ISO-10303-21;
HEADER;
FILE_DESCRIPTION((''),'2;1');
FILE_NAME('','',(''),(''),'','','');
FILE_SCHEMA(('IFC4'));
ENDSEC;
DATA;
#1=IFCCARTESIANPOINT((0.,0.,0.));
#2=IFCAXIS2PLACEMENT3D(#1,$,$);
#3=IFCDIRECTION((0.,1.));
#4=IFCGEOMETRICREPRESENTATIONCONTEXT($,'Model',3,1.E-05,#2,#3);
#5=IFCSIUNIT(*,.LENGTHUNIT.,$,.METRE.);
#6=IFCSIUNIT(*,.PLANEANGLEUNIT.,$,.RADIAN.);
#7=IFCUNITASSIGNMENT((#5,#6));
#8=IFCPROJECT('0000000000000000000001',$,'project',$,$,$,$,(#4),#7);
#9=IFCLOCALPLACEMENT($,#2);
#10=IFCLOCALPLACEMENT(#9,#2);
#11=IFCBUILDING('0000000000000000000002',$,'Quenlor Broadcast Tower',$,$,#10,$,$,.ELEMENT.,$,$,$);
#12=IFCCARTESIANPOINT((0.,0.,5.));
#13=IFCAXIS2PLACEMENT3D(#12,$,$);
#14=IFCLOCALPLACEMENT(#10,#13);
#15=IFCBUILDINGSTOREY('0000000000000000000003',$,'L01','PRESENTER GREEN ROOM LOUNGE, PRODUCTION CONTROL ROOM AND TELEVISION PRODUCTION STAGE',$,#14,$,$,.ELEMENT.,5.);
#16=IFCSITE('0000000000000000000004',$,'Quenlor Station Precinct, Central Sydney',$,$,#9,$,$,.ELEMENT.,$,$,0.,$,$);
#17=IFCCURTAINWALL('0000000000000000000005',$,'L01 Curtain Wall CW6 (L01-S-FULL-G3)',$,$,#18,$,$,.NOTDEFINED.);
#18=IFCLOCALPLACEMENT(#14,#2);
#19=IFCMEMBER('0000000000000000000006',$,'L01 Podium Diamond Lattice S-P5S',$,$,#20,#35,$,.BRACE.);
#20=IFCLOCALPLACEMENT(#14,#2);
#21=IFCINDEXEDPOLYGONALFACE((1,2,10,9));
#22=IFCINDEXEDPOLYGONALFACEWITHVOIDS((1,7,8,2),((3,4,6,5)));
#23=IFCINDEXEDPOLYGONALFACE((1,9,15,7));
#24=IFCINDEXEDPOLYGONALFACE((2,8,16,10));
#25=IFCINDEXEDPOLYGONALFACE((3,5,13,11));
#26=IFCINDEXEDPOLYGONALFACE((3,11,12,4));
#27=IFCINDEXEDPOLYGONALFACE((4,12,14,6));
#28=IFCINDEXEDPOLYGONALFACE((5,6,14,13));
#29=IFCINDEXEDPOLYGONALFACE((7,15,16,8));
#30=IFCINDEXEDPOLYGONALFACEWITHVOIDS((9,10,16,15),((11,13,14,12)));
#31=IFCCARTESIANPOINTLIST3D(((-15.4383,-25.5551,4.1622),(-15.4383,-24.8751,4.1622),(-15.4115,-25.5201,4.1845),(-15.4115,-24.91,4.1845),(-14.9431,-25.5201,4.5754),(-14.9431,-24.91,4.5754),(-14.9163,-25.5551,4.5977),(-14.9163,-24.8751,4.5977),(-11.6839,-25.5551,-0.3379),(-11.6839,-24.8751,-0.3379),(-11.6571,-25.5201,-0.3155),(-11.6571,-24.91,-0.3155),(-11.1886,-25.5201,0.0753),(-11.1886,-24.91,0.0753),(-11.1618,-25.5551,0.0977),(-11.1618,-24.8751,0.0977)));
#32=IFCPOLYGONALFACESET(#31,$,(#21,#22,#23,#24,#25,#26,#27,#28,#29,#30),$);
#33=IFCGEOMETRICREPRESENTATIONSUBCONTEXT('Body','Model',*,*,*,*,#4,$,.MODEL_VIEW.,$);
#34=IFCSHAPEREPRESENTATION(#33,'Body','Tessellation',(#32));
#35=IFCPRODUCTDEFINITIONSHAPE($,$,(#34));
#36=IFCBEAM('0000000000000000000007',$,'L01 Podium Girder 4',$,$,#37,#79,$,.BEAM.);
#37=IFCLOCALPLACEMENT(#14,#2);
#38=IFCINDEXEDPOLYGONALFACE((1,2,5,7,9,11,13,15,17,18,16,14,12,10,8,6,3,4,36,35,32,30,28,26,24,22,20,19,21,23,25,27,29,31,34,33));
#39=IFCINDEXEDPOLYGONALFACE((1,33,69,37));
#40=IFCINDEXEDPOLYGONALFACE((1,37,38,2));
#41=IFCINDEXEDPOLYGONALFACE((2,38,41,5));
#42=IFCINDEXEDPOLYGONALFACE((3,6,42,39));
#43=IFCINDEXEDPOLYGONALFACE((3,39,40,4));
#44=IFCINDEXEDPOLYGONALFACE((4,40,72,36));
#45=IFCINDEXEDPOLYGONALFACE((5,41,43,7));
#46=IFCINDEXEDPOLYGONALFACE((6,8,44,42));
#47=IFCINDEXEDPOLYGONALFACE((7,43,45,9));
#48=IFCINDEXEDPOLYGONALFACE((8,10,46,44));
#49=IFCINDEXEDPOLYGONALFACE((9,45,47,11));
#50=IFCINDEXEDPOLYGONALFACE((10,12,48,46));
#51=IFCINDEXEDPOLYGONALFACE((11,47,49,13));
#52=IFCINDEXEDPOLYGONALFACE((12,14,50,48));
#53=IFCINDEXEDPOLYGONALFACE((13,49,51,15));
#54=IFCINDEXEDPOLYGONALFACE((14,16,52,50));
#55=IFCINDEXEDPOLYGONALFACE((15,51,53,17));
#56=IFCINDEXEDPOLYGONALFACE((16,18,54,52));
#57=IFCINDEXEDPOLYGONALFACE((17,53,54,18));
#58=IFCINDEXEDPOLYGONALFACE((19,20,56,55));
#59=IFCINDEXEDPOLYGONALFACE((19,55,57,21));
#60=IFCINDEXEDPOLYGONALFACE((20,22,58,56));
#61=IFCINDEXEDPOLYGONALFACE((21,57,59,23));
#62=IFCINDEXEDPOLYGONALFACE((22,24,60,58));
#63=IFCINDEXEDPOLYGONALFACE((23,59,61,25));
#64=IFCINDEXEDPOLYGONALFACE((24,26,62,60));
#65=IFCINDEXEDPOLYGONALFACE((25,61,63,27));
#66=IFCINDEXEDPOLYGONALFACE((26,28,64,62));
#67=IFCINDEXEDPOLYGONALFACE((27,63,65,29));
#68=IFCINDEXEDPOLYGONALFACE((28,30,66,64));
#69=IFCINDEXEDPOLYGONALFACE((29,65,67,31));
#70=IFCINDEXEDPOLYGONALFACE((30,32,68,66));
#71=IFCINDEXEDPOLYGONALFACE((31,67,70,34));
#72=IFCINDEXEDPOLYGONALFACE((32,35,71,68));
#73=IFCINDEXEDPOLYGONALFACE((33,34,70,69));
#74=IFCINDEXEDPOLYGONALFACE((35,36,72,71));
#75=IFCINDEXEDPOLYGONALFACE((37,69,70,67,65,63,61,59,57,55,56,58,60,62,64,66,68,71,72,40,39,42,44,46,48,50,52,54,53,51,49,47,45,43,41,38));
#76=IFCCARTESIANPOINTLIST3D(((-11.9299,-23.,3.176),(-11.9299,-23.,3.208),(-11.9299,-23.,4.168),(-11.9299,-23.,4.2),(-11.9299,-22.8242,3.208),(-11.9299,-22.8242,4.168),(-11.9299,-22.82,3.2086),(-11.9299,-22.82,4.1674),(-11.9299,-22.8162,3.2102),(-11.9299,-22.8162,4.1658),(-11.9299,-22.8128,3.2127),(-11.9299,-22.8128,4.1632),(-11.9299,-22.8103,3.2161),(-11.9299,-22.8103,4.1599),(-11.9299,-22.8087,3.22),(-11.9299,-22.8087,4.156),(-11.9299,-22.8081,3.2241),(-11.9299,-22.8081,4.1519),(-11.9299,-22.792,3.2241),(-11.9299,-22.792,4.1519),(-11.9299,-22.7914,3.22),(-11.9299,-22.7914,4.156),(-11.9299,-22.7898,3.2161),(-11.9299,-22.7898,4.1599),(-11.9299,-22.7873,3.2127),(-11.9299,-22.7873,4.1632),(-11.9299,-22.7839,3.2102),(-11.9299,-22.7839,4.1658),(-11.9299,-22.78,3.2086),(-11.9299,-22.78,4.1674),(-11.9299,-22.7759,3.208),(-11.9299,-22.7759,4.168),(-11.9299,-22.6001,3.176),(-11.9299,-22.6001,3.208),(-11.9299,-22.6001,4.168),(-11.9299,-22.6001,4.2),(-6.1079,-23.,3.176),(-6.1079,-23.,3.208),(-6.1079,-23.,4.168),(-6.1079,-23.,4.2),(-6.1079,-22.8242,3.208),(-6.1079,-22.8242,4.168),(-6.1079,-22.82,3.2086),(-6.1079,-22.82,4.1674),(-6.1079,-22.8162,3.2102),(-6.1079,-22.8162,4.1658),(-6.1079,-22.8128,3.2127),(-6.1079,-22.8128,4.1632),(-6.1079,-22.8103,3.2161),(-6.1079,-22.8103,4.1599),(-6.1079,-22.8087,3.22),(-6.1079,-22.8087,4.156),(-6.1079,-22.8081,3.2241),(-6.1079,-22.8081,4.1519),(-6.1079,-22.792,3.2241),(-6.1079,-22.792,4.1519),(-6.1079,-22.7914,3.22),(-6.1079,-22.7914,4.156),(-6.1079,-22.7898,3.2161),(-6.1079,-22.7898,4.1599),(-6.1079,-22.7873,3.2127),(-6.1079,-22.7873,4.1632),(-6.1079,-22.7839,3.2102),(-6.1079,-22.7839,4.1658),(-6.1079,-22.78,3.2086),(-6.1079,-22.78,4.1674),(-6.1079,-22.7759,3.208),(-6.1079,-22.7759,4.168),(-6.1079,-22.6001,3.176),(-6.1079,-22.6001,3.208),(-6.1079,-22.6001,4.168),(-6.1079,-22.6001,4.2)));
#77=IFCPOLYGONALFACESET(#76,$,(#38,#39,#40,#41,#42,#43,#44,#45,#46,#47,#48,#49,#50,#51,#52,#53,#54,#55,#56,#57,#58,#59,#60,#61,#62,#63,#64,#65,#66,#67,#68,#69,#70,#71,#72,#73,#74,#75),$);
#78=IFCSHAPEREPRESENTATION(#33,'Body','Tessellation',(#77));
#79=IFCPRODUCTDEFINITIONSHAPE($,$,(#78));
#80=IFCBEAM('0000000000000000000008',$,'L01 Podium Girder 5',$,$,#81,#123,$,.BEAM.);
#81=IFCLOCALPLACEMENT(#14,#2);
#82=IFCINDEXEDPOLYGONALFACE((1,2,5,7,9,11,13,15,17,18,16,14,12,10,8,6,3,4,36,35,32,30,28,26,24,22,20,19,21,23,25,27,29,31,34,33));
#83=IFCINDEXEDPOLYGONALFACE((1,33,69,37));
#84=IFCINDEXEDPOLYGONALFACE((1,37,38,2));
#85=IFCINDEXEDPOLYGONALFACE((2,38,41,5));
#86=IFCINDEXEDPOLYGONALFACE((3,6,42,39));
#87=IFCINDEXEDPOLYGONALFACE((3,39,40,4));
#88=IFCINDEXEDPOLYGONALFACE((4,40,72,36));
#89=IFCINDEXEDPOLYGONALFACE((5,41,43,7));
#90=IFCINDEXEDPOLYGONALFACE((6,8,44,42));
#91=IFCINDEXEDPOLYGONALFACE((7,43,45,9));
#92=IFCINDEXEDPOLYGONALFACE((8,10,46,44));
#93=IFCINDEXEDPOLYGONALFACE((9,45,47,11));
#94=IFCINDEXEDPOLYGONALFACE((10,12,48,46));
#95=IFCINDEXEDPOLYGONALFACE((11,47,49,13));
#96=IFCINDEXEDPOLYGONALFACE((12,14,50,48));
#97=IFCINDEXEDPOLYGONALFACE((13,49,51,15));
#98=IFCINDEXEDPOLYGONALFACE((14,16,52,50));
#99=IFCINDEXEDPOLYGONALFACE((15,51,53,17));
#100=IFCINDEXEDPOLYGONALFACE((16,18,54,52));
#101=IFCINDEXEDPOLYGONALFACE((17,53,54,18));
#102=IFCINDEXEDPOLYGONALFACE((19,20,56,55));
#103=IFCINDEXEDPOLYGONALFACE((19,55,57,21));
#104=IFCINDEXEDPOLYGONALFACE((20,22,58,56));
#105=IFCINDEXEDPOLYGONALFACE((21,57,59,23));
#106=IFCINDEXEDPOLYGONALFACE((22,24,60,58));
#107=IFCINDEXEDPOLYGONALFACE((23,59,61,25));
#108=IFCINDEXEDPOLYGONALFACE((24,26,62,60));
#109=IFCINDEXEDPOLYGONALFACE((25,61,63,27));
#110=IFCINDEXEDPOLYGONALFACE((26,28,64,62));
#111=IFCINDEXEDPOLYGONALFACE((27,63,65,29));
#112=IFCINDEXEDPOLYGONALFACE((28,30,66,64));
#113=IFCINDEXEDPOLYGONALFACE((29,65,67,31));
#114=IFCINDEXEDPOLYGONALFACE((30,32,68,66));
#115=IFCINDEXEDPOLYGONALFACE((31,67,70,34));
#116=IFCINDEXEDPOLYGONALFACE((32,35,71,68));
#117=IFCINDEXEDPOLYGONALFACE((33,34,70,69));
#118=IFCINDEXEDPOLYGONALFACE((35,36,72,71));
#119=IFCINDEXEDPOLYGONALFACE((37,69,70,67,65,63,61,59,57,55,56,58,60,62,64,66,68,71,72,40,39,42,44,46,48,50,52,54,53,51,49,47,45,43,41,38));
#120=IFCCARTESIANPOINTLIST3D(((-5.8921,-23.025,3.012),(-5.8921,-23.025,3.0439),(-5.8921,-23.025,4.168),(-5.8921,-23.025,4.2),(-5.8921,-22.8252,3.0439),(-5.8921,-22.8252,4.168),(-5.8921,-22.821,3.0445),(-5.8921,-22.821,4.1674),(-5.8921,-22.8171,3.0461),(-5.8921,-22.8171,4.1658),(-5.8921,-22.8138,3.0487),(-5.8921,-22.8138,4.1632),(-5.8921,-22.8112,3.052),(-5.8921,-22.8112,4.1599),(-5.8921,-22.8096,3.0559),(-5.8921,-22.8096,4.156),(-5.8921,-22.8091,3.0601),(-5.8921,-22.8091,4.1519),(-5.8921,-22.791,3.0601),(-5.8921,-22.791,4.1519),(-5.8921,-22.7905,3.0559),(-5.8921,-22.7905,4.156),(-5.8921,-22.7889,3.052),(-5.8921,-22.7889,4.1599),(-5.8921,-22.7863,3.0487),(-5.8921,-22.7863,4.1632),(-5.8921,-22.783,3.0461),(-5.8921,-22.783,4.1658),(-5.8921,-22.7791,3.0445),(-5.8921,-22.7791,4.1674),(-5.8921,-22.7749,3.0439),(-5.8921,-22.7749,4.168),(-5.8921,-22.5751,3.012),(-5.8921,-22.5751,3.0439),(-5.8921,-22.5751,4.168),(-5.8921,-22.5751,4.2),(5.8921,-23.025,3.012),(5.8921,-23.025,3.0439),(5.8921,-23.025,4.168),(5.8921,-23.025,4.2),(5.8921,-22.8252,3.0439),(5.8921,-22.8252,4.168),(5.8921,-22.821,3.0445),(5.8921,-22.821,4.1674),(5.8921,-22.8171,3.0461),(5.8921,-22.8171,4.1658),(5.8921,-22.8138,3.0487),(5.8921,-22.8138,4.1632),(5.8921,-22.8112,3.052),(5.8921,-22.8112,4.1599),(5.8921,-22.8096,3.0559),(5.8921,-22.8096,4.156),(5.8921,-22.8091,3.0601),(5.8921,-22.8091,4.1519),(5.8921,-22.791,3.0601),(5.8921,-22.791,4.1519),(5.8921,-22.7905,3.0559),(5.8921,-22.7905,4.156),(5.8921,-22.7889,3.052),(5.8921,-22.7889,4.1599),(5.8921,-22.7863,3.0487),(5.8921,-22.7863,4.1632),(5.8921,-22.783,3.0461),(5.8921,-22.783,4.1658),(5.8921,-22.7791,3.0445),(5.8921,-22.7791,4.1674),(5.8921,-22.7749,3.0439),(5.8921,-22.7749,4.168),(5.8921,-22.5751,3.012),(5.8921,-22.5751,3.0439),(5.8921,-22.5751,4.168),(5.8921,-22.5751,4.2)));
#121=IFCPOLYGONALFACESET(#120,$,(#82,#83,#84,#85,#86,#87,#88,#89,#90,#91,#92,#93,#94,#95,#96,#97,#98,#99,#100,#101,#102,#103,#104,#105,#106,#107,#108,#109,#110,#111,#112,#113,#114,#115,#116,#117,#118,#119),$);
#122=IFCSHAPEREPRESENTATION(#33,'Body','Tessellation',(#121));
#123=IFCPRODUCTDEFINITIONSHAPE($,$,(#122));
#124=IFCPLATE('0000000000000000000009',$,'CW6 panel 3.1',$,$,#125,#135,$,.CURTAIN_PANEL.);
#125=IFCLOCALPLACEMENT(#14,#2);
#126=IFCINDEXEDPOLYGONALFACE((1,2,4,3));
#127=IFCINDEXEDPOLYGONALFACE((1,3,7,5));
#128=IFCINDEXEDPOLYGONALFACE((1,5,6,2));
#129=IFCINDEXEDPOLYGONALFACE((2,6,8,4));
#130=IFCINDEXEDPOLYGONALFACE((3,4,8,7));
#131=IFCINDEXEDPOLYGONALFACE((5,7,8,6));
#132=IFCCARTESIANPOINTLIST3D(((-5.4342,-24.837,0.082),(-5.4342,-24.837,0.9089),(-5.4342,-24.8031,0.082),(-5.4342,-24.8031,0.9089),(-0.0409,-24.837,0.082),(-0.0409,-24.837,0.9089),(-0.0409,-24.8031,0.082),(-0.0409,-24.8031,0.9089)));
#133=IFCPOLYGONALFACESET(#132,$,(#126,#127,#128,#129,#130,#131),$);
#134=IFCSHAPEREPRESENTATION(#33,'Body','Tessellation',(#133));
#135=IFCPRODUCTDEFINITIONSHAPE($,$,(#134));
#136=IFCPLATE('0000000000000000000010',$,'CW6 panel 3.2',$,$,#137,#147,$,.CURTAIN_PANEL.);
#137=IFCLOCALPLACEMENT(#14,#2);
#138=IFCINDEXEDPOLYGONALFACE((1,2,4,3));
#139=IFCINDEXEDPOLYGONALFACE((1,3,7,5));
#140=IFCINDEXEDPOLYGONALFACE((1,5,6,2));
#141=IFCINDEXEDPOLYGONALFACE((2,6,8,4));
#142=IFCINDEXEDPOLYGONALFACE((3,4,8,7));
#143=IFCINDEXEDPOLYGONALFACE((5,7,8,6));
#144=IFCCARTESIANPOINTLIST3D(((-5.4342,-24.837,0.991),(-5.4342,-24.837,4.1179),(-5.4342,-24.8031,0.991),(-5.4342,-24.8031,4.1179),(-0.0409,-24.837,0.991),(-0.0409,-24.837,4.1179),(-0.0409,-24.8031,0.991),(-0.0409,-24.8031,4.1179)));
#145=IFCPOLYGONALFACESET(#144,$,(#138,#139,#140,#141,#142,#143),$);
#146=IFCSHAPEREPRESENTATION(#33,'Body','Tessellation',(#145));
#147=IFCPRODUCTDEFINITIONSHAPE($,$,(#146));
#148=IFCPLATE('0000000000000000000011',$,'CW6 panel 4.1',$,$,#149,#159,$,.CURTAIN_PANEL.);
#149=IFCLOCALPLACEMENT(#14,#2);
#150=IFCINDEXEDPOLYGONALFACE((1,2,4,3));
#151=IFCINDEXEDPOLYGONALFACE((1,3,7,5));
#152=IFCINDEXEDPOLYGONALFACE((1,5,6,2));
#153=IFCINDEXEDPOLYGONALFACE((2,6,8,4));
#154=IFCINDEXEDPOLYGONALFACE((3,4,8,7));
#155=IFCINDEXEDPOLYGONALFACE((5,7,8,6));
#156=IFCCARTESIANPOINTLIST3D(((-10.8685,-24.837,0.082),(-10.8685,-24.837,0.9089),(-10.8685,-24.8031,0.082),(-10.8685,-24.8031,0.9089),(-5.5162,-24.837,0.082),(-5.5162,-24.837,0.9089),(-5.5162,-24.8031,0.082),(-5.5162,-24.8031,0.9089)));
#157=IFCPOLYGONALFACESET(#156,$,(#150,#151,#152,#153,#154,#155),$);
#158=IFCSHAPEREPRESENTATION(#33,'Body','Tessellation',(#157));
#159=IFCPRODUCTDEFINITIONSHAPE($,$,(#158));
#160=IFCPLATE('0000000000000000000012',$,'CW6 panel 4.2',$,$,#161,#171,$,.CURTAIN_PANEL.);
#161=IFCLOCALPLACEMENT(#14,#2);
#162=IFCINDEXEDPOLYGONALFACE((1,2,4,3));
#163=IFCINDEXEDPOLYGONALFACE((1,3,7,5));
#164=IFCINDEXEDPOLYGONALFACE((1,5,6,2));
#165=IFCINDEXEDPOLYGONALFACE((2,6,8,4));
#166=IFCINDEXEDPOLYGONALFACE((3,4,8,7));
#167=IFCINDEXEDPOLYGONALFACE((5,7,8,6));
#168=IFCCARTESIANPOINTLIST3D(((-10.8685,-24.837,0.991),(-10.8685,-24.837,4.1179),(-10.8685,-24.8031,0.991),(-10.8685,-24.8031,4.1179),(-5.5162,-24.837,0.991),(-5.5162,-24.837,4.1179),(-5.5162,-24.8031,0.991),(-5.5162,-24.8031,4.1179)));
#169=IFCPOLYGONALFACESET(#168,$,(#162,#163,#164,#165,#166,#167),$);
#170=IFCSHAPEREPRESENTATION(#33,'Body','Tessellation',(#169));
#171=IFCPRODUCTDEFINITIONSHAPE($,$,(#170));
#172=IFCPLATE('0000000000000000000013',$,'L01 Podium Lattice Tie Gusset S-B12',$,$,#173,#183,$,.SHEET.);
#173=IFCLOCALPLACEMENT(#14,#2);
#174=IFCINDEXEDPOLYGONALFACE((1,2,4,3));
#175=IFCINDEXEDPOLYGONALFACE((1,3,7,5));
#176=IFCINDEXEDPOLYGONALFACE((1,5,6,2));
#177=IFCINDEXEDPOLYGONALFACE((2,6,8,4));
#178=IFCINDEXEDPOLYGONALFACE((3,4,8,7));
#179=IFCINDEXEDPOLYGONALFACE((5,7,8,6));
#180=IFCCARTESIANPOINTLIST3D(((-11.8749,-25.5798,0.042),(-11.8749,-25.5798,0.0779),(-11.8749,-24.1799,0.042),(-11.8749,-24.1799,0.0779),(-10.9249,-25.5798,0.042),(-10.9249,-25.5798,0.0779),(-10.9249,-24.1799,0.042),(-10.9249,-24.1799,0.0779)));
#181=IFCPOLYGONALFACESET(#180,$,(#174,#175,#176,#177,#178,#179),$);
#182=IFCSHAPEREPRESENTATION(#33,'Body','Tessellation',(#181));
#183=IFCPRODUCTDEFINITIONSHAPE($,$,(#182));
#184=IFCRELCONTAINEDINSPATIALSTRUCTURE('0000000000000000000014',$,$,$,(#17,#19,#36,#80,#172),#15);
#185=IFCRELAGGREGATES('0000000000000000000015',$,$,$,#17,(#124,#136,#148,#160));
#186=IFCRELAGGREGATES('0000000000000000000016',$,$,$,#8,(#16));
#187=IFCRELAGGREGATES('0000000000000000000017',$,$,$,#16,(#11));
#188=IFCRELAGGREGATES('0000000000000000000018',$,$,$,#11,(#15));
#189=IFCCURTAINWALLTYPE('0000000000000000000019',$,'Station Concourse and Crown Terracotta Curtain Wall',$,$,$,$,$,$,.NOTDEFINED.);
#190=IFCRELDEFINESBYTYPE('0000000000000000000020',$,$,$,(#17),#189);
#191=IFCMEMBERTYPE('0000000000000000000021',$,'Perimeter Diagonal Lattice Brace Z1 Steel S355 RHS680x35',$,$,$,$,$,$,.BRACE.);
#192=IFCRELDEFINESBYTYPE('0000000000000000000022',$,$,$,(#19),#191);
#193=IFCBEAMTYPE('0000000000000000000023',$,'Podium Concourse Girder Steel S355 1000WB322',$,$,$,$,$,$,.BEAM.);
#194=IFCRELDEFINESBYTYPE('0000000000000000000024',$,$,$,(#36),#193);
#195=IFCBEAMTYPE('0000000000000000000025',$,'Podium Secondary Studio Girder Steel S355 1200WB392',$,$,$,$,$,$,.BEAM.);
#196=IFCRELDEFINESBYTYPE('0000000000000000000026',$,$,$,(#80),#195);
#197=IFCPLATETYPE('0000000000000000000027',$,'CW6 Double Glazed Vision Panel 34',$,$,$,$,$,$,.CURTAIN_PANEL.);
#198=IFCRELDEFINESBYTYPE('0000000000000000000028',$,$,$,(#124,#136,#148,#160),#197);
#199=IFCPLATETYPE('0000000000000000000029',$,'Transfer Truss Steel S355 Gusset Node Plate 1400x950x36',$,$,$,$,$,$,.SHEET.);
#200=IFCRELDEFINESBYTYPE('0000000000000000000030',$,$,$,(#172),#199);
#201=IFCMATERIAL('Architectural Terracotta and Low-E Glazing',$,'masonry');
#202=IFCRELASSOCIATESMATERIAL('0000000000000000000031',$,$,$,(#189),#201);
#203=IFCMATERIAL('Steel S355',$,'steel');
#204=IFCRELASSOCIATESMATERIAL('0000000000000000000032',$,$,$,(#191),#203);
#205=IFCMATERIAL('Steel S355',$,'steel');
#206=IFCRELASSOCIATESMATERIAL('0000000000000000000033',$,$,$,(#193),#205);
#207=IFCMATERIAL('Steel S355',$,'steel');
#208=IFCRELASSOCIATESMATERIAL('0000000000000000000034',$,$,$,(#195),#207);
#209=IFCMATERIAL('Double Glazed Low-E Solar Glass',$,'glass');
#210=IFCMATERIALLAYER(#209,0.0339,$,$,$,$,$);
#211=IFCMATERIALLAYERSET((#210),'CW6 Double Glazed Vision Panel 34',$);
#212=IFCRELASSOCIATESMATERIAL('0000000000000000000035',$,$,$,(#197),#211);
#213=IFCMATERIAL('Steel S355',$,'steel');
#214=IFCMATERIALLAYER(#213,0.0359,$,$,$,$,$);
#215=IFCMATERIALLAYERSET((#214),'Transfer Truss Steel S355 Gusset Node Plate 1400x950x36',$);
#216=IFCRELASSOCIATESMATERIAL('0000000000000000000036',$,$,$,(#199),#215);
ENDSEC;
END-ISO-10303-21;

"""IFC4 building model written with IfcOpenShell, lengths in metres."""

from ifc_helpers import new_model, si_unit, direction, frame, origin, origin_2d, place, context, subcontext, project, spatial, rectangle, hollow_rectangle, i_section, extrude, material, layer, layer_set, material_profile, profile_set, type_object, element, aggregate, save


model = new_model("IFC4")

# Units and contexts
model_context = context("Model", 3, precision=1e-05, world=origin(), true_north=direction((0.0, 1.0)))
body_context = subcontext(model_context, "Body", "Model", "MODEL_VIEW")
ifc_project = project(units=[si_unit("LENGTHUNIT", "METRE"), si_unit("PLANEANGLEUNIT", "RADIAN")], contexts=[model_context])

# Site, building, storey
site_placement = place(None, origin())
site = spatial("IfcSite", under=ifc_project, at=site_placement, Name="Quenlor Station Precinct, Central Sydney", CompositionType="ELEMENT", RefElevation=0.0)
building_placement = place(site_placement, origin())
building = spatial("IfcBuilding", under=site, at=building_placement, Name="Quenlor Broadcast Tower", CompositionType="ELEMENT")
storey_placement = place(building_placement, frame((0.0, 0.0, 5.0)))
storey = spatial("IfcBuildingStorey", under=building, at=storey_placement, Name="L01", Description="PRESENTER GREEN ROOM LOUNGE, PRODUCTION CONTROL ROOM AND TELEVISION PRODUCTION STAGE", CompositionType="ELEMENT", Elevation=5.0)

# Curtain wall
ifc_material_1 = material(Name="Architectural Terracotta and Low-E Glazing", Category="masonry")
curtain_wall_type = type_object("IfcCurtainWallType", Name="Station Concourse and Crown Terracotta Curtain Wall", PredefinedType="NOTDEFINED", material=ifc_material_1)
curtain_wall_placement = place(storey_placement, origin())
curtain_wall = element("IfcCurtainWall", 1, at=curtain_wall_placement, inside=storey, type_object=curtain_wall_type, Name="L01 Curtain Wall CW6 (L01-S-FULL-G3)", PredefinedType="NOTDEFINED")

# Member
ifc_material_2 = material(Name="Steel S355", Category="steel")
ifc_material_profile_1 = material_profile(ifc_material_2, hollow_rectangle(XDim=0.6799, YDim=0.6799, WallThickness=0.0349, at=origin_2d()))
ifc_profile_set_1 = profile_set([ifc_material_profile_1], Name="Steel S355 RHS680x680x35")
member_type_1 = type_object("IfcMemberType", Name="Perimeter Diagonal Lattice Brace Z1 Steel S355 RHS680x35", PredefinedType="BRACE", material=ifc_profile_set_1)
member_1_placement = place(storey_placement, frame((-11.4229, -25.2151, -0.1201), z_axis=(-0.640627, 0.0, 0.767852), x_axis=(0.0, -1.0, 0.0)))
element("IfcMember", 2, at=member_1_placement, inside=storey, type_object=member_type_1, Name="L01 Podium Diamond Lattice S-P5S", PredefinedType="BRACE", context=body_context, shape_type="SweptSolid", body=[
    extrude(hollow_rectangle(XDim=0.6799, YDim=0.6799, WallThickness=0.0349, at=origin_2d()), origin(), (0.0, 0.0, 1.0), 5.8606),
])

# Beams
ifc_material_3 = material(Name="Steel S355", Category="steel")
ifc_material_profile_2 = material_profile(ifc_material_3, i_section(OverallWidth=0.3999, OverallDepth=1.0239, WebThickness=0.0161, FlangeThickness=0.032, FilletRadius=0.0161, at=origin_2d()))
ifc_profile_set_2 = profile_set([ifc_material_profile_2], Name="Steel S355 1000WB322")
beam_type_1 = type_object("IfcBeamType", Name="Podium Concourse Girder Steel S355 1000WB322", PredefinedType="BEAM", material=ifc_profile_set_2)
beam_1_placement = place(storey_placement, frame((-11.9299, -22.8, 3.688), z_axis=(1.0, 0.0, 0.0), x_axis=(0.0, 1.0, 0.0)))
element("IfcBeam", 3, at=beam_1_placement, inside=storey, type_object=beam_type_1, Name="L01 Podium Girder 4", PredefinedType="BEAM", context=body_context, shape_type="SweptSolid", body=[
    extrude(i_section(OverallWidth=0.3999, OverallDepth=1.0239, WebThickness=0.0161, FlangeThickness=0.032, FilletRadius=0.0161, at=origin_2d()), origin(), (0.0, 0.0, 1.0), 5.822),
])
ifc_material_4 = material(Name="Steel S355", Category="steel")
ifc_material_profile_3 = material_profile(ifc_material_4, i_section(OverallWidth=0.45, OverallDepth=1.188, WebThickness=0.0181, FlangeThickness=0.032, FilletRadius=0.0161, at=origin_2d()))
ifc_profile_set_3 = profile_set([ifc_material_profile_3], Name="Steel S355 1200WB392")
beam_type_2 = type_object("IfcBeamType", Name="Podium Secondary Studio Girder Steel S355 1200WB392", PredefinedType="BEAM", material=ifc_profile_set_3)
beam_2_placement = place(storey_placement, frame((-5.8921, -22.8, 3.606), z_axis=(1.0, 0.0, 0.0), x_axis=(0.0, 1.0, 0.0)))
element("IfcBeam", 4, at=beam_2_placement, inside=storey, type_object=beam_type_2, Name="L01 Podium Girder 5", PredefinedType="BEAM", context=body_context, shape_type="SweptSolid", body=[
    extrude(i_section(OverallWidth=0.45, OverallDepth=1.188, WebThickness=0.0181, FlangeThickness=0.032, FilletRadius=0.0161, at=origin_2d()), origin(), (0.0, 0.0, 1.0), 11.7842),
])

# Plates
ifc_material_5 = material(Name="Double Glazed Low-E Solar Glass", Category="glass")
ifc_layer_1 = layer(ifc_material_5, 0.0339)
ifc_layer_set_1 = layer_set([ifc_layer_1], Name="CW6 Double Glazed Vision Panel 34")
plate_type_1 = type_object("IfcPlateType", Name="CW6 Double Glazed Vision Panel 34", PredefinedType="CURTAIN_PANEL", material=ifc_layer_set_1)
plate_1_placement = place(storey_placement, frame((-2.7375, -24.8201, 0.082), z_axis=(0.0, 0.0, 1.0), x_axis=(-1.0, 0.0, 0.0)))
plate_1 = element("IfcPlate", 5, at=plate_1_placement, type_object=plate_type_1, Name="CW6 panel 3.1", PredefinedType="CURTAIN_PANEL", context=body_context, shape_type="SweptSolid", body=[
    extrude(rectangle(XDim=5.3933, YDim=0.0339, at=origin_2d()), origin(), (0.0, 0.0, 1.0), 0.8269),
])
plate_2_placement = place(storey_placement, frame((-2.7375, -24.8201, 0.991), z_axis=(0.0, 0.0, 1.0), x_axis=(-1.0, 0.0, 0.0)))
plate_2 = element("IfcPlate", 6, at=plate_2_placement, type_object=plate_type_1, Name="CW6 panel 3.2", PredefinedType="CURTAIN_PANEL", context=body_context, shape_type="SweptSolid", body=[
    extrude(rectangle(XDim=5.3933, YDim=0.0339, at=origin_2d()), origin(), (0.0, 0.0, 1.0), 3.127),
])
plate_3_placement = place(storey_placement, frame((-8.1924, -24.8201, 0.082), z_axis=(0.0, 0.0, 1.0), x_axis=(-1.0, 0.0, 0.0)))
plate_3 = element("IfcPlate", 7, at=plate_3_placement, type_object=plate_type_1, Name="CW6 panel 4.1", PredefinedType="CURTAIN_PANEL", context=body_context, shape_type="SweptSolid", body=[
    extrude(rectangle(XDim=5.3523, YDim=0.0339, at=origin_2d()), origin(), (0.0, 0.0, 1.0), 0.8269),
])
plate_4_placement = place(storey_placement, frame((-8.1924, -24.8201, 0.991), z_axis=(0.0, 0.0, 1.0), x_axis=(-1.0, 0.0, 0.0)))
plate_4 = element("IfcPlate", 8, at=plate_4_placement, type_object=plate_type_1, Name="CW6 panel 4.2", PredefinedType="CURTAIN_PANEL", context=body_context, shape_type="SweptSolid", body=[
    extrude(rectangle(XDim=5.3523, YDim=0.0339, at=origin_2d()), origin(), (0.0, 0.0, 1.0), 3.127),
])
aggregate(curtain_wall, [plate_1, plate_2, plate_3, plate_4])
ifc_material_6 = material(Name="Steel S355", Category="steel")
ifc_layer_2 = layer(ifc_material_6, 0.0359)
ifc_layer_set_2 = layer_set([ifc_layer_2], Name="Transfer Truss Steel S355 Gusset Node Plate 1400x950x36")
plate_type_2 = type_object("IfcPlateType", Name="Transfer Truss Steel S355 Gusset Node Plate 1400x950x36", PredefinedType="SHEET", material=ifc_layer_set_2)
plate_5_placement = place(storey_placement, frame((-11.3999, -24.8799, 0.042), z_axis=(0.0, 0.0, 1.0), x_axis=(0.0, -1.0, 0.0)))
element("IfcPlate", 9, at=plate_5_placement, inside=storey, type_object=plate_type_2, Name="L01 Podium Lattice Tie Gusset S-B12", PredefinedType="SHEET", context=body_context, shape_type="SweptSolid", body=[
    extrude(rectangle(XDim=1.3999, YDim=0.95, at=origin_2d()), origin(), (0.0, 0.0, 1.0), 0.0359),
])

save(model, "model.ifc")
